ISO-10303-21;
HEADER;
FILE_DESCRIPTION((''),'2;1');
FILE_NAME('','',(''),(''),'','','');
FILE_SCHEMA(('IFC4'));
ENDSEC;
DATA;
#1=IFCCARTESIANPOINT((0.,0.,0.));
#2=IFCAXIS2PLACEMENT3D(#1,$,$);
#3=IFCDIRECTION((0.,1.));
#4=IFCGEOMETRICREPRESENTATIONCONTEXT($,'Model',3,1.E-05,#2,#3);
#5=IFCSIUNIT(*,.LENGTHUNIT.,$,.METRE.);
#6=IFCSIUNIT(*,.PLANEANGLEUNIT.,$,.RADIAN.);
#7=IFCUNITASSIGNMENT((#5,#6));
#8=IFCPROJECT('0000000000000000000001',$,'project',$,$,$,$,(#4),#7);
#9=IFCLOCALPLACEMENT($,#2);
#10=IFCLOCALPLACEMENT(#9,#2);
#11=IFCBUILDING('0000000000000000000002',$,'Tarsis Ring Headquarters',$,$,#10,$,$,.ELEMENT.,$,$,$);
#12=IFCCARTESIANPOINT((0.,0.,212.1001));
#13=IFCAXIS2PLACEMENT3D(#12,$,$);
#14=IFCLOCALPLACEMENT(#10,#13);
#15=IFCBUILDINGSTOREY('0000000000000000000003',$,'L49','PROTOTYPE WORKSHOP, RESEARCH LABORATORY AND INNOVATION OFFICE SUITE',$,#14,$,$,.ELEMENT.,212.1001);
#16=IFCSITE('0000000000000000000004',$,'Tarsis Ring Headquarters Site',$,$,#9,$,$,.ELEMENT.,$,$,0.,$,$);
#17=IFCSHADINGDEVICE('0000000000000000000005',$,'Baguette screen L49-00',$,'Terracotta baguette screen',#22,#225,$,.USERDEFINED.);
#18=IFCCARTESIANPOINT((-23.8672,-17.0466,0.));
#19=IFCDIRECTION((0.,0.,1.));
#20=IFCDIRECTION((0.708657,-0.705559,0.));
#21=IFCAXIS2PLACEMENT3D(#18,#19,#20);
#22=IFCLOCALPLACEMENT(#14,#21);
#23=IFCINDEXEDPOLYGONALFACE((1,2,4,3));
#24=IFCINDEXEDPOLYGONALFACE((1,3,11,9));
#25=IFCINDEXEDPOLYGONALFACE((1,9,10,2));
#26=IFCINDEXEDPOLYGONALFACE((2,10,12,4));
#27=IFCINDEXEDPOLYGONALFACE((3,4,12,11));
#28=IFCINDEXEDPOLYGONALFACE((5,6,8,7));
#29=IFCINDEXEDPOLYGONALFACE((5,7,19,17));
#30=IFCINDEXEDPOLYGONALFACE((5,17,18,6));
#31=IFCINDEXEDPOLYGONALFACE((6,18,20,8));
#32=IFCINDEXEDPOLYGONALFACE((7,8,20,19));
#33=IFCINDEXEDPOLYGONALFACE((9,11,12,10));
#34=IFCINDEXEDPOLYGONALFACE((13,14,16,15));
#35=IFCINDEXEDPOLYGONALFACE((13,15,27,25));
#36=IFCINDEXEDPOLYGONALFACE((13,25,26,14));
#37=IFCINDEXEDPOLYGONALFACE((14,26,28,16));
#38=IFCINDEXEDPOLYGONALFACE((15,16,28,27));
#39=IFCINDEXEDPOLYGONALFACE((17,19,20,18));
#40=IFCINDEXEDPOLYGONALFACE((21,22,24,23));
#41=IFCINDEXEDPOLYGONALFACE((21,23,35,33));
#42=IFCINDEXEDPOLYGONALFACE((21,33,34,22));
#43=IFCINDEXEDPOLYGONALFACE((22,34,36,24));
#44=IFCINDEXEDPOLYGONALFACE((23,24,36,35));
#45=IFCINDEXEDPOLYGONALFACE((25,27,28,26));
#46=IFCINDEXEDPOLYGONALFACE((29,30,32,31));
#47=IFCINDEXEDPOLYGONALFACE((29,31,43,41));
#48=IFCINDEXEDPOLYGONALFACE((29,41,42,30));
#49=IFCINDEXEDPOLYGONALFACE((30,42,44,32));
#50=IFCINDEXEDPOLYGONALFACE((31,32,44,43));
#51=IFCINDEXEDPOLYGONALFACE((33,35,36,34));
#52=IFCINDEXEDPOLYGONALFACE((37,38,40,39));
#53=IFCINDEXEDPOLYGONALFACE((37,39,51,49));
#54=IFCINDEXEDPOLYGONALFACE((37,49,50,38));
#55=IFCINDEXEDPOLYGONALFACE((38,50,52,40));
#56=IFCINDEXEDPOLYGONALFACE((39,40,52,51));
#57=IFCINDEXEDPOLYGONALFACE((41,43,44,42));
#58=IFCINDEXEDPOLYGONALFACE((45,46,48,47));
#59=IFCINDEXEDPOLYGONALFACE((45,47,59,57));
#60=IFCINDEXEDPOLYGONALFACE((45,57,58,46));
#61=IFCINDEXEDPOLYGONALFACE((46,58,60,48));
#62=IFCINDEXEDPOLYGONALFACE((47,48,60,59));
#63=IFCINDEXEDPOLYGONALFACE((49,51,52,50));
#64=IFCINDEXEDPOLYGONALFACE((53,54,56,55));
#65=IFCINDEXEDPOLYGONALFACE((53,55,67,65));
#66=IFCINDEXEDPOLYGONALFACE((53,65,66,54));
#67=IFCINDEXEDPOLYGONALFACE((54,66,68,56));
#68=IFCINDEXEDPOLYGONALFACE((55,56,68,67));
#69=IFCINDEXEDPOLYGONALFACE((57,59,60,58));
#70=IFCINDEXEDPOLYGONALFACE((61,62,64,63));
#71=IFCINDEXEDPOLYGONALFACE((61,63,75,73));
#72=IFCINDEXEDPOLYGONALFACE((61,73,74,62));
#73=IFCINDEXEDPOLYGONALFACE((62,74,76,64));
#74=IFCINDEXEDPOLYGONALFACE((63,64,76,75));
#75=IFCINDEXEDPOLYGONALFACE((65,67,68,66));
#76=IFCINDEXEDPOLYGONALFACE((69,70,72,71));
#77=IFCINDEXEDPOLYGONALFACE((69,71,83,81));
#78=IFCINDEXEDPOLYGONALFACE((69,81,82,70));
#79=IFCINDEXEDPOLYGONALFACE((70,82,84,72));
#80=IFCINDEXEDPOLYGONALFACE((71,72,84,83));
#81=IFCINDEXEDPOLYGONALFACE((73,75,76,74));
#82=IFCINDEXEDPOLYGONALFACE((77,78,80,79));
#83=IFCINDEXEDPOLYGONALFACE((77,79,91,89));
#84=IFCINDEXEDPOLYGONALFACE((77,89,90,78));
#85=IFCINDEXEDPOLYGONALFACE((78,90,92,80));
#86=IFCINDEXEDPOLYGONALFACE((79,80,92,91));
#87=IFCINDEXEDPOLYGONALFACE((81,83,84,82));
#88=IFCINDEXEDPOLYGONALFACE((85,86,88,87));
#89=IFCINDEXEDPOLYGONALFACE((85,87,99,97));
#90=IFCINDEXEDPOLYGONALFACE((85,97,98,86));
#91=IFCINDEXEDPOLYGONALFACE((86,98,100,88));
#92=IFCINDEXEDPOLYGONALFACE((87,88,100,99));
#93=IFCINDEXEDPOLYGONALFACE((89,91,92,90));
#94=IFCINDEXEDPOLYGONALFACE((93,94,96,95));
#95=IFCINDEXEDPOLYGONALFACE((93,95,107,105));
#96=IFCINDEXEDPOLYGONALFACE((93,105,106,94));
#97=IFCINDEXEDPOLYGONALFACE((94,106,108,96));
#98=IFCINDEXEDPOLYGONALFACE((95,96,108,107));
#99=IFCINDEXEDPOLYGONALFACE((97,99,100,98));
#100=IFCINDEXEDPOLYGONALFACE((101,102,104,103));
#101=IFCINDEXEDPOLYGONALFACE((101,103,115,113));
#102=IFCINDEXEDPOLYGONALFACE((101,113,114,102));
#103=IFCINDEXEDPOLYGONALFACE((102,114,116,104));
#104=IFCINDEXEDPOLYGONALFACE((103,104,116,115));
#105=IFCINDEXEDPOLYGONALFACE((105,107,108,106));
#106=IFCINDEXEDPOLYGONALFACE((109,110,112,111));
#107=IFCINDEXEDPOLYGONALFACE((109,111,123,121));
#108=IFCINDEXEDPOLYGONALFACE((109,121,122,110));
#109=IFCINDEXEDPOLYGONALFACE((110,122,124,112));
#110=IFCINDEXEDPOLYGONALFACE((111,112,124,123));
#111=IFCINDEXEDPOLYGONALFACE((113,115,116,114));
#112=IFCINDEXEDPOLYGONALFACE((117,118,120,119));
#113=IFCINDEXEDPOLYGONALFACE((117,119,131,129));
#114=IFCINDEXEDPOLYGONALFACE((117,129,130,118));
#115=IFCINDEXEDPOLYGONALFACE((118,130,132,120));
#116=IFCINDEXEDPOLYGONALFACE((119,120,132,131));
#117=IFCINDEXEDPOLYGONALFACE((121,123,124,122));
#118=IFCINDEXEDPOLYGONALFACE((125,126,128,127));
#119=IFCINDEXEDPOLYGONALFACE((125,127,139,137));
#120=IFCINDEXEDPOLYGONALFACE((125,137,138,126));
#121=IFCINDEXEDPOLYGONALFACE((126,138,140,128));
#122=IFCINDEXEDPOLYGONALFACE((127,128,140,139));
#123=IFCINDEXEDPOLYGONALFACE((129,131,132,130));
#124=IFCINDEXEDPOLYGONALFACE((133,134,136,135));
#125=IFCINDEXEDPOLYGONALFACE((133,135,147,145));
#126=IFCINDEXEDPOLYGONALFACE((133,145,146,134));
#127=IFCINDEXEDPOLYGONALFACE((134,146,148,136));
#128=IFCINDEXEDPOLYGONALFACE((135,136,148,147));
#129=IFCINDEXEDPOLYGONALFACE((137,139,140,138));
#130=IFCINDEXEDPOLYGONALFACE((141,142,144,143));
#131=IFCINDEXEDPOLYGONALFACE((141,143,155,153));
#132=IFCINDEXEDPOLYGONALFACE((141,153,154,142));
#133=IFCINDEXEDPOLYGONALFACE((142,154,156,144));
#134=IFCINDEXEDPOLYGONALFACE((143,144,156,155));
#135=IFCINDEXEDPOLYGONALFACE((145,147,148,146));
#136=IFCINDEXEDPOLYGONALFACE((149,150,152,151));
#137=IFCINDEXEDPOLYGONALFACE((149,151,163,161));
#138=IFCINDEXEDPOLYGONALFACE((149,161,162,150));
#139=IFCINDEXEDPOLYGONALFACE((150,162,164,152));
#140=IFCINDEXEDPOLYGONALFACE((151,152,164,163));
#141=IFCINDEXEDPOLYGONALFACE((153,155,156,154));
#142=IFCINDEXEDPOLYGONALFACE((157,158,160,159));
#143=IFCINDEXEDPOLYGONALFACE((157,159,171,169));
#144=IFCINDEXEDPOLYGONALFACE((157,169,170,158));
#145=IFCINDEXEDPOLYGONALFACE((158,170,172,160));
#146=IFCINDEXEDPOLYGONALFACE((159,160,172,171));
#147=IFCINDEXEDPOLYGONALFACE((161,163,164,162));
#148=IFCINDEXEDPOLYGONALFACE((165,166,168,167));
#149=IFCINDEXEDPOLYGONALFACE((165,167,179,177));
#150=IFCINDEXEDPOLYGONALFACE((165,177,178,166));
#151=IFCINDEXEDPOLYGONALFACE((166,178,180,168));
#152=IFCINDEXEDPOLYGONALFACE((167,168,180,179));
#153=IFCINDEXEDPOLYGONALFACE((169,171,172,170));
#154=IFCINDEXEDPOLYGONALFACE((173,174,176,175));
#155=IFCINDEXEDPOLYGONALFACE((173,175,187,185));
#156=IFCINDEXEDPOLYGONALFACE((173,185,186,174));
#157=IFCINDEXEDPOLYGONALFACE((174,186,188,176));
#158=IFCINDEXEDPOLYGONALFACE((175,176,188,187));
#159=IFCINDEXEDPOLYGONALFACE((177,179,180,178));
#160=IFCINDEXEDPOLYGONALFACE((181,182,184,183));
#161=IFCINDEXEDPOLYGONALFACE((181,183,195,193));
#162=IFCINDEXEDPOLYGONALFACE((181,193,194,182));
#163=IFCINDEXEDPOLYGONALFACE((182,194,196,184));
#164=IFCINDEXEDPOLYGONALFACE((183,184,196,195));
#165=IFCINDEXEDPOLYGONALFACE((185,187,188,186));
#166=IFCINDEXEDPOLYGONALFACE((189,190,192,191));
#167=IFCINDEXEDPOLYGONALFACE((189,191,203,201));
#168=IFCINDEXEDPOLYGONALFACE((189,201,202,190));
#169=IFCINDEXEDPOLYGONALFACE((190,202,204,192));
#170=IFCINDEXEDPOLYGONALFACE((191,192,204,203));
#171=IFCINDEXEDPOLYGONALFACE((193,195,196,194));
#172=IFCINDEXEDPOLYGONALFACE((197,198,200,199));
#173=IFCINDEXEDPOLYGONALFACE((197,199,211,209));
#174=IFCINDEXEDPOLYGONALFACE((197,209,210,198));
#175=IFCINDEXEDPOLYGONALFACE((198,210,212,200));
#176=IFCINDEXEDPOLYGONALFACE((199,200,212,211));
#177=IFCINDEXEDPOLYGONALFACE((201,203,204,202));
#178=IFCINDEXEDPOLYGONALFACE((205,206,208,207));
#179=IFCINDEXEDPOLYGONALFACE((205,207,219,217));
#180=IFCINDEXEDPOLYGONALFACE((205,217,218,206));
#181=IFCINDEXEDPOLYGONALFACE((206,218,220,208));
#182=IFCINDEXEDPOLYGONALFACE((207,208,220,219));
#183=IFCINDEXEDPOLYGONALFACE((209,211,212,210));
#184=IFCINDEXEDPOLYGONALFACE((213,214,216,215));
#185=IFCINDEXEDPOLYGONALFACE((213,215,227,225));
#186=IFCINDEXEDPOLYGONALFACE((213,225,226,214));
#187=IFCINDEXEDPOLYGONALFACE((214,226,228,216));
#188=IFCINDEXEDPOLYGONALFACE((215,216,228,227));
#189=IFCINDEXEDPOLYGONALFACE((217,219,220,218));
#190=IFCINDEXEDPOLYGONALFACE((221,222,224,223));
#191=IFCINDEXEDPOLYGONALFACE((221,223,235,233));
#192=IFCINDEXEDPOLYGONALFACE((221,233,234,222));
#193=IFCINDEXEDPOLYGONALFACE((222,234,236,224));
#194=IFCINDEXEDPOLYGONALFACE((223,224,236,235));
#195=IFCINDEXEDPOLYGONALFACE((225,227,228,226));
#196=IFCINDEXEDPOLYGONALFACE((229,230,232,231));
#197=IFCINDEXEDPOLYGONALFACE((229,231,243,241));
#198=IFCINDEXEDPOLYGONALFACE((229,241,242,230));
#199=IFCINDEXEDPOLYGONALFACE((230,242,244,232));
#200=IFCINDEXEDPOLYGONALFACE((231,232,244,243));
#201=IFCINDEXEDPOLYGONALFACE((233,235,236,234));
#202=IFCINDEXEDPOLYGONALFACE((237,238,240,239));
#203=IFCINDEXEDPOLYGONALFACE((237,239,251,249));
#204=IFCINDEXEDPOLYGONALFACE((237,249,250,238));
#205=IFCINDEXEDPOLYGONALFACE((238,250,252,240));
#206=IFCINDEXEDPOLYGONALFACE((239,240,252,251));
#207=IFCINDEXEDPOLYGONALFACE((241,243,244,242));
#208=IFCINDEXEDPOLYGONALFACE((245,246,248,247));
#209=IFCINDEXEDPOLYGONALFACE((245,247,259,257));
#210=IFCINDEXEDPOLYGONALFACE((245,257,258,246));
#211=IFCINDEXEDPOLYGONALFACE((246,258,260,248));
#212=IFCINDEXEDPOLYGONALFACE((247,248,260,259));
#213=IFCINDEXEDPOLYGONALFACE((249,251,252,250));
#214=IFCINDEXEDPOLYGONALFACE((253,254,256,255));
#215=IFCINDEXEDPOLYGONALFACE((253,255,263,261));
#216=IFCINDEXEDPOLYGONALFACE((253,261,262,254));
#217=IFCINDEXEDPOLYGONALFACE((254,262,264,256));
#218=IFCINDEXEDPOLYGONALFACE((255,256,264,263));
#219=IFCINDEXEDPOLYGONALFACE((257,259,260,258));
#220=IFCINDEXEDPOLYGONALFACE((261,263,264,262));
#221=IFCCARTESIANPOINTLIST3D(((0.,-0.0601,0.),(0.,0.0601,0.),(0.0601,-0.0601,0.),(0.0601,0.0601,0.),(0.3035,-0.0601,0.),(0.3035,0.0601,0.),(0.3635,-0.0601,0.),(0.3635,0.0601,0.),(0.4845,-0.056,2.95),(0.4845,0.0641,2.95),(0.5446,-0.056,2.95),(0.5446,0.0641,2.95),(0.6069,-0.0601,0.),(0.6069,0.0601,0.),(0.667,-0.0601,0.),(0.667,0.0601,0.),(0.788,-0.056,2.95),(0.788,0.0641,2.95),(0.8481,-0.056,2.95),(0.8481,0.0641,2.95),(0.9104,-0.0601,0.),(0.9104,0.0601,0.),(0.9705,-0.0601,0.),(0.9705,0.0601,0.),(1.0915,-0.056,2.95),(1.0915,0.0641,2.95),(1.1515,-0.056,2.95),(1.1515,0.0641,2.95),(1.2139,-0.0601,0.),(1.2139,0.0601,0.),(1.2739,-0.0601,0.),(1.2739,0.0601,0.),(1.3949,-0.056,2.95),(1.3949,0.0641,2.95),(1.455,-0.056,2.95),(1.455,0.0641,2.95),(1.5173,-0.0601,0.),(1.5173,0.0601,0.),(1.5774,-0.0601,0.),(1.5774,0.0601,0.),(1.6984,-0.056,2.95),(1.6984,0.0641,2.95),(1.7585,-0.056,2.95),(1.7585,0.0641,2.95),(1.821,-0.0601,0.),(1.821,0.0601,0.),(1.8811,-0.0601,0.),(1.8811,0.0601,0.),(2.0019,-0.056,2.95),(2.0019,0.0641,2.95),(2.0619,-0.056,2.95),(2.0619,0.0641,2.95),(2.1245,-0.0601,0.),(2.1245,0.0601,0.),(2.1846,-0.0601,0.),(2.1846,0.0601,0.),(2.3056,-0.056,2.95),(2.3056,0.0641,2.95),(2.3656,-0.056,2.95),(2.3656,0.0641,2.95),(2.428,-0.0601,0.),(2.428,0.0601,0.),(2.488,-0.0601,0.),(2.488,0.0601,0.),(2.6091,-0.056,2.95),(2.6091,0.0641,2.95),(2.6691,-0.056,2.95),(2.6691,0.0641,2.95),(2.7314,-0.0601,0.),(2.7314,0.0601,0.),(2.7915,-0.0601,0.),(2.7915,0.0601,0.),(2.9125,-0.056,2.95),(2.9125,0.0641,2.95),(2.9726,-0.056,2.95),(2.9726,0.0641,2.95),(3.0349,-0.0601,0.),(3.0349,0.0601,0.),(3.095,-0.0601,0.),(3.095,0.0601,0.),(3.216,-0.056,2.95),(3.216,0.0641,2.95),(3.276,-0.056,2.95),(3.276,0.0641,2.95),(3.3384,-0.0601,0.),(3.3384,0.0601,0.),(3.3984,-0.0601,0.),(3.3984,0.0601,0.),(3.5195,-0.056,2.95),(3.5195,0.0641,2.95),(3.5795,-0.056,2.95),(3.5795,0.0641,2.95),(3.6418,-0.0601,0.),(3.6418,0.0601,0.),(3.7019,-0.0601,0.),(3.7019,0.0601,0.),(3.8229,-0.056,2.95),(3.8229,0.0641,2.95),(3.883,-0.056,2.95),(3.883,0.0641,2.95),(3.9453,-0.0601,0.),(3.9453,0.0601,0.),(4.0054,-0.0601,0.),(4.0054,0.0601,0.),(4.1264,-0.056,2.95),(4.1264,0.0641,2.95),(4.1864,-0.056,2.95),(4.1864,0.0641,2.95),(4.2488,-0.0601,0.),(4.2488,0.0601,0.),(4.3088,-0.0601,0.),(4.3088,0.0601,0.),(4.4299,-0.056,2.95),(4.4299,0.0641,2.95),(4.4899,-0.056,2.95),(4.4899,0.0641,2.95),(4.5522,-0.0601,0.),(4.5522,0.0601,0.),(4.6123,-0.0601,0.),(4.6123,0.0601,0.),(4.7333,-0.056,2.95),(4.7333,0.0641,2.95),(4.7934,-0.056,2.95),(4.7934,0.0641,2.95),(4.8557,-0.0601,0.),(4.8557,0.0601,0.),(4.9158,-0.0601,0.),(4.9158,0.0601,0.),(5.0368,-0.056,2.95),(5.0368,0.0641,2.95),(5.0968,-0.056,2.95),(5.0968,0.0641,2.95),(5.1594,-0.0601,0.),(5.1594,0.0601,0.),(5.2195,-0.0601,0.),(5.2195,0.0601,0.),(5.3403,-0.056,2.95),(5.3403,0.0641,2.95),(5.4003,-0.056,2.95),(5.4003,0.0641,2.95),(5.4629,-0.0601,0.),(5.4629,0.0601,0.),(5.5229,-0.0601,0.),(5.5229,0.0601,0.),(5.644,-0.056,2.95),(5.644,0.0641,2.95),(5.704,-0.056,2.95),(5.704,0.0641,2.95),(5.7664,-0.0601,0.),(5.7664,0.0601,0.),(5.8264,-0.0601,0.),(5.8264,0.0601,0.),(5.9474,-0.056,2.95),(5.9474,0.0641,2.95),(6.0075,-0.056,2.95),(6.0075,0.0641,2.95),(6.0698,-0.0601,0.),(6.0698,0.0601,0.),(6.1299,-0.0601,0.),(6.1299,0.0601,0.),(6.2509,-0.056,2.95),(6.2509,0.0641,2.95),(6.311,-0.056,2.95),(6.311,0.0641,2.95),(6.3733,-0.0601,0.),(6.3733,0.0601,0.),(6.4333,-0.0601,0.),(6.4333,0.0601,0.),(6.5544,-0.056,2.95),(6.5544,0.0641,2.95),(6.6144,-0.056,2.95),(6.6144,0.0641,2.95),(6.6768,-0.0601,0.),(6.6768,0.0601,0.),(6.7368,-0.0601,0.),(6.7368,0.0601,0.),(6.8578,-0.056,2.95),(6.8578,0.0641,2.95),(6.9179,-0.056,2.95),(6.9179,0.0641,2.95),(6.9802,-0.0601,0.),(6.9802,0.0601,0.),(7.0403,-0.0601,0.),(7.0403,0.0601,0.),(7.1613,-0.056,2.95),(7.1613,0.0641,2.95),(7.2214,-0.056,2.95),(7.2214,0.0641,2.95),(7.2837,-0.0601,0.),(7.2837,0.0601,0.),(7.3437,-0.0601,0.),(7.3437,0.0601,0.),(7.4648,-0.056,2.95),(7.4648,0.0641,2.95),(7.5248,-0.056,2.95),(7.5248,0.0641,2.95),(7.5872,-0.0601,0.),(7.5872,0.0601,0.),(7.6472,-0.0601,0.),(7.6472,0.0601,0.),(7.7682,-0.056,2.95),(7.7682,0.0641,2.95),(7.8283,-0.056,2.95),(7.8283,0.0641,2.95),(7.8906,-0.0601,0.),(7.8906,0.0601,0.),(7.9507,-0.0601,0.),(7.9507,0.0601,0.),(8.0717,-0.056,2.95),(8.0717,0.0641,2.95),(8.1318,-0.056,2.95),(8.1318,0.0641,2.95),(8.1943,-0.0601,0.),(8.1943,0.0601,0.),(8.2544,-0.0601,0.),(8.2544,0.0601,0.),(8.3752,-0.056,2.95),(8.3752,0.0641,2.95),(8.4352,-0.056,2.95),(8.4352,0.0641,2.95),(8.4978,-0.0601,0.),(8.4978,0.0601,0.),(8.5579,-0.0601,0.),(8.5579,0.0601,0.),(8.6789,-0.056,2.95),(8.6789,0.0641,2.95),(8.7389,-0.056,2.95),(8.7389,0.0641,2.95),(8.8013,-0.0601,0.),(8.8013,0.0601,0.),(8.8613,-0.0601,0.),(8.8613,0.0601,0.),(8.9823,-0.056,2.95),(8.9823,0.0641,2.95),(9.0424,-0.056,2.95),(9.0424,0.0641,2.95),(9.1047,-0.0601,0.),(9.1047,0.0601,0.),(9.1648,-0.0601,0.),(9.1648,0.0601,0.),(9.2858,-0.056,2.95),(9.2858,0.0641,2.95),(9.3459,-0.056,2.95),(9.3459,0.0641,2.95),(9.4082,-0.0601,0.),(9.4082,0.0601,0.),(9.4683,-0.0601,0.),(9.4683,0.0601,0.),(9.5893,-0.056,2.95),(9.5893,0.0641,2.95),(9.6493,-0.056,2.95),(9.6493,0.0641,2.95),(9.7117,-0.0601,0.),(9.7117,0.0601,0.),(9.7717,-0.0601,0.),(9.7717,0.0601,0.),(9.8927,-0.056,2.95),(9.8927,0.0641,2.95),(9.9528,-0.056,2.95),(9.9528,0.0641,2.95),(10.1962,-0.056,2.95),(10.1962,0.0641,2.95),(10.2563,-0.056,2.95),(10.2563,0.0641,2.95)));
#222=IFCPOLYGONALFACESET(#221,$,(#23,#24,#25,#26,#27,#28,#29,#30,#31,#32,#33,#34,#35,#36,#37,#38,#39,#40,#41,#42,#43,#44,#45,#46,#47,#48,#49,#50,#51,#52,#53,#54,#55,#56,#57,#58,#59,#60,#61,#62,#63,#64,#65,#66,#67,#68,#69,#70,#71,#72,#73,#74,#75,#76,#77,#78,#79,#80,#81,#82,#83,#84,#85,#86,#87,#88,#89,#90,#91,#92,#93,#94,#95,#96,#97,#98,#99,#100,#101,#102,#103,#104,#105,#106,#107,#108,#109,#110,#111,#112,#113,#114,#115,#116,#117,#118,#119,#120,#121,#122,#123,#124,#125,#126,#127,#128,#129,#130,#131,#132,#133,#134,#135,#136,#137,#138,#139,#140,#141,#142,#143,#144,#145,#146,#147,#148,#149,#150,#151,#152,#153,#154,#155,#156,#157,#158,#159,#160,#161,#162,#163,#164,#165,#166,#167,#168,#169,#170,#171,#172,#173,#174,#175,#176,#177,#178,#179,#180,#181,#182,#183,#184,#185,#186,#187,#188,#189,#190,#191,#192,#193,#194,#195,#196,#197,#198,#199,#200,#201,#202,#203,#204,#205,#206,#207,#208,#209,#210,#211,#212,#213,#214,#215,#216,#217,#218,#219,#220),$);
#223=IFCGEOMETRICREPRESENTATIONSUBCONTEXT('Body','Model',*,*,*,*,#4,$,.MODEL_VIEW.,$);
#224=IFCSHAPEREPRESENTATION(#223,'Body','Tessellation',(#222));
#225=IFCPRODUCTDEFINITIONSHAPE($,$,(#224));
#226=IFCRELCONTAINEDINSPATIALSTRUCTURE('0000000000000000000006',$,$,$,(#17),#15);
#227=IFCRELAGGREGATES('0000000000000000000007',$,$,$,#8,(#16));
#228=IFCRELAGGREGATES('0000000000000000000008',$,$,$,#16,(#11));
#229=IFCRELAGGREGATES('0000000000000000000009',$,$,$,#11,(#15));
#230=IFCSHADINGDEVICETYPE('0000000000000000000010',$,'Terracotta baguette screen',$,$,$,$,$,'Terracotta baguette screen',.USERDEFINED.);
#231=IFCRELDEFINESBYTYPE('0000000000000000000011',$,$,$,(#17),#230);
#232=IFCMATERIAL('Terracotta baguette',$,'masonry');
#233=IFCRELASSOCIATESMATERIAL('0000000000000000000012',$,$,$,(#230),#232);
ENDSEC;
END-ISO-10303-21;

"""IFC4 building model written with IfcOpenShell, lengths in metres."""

from ifc_helpers import new_model, si_unit, direction, frame, frame_2d, origin, place, context, subcontext, project, spatial, rectangle, composite_profile, extrude, material, type_object, element, save


model = new_model("IFC4")

# Units and contexts
model_context = context("Model", 3, precision=1e-05, world=origin(), true_north=direction((0.0, 1.0)))
body_context = subcontext(model_context, "Body", "Model", "MODEL_VIEW")
ifc_project = project(units=[si_unit("LENGTHUNIT", "METRE"), si_unit("PLANEANGLEUNIT", "RADIAN")], contexts=[model_context])

# Site, building, storey
site_placement = place(None, origin())
site = spatial("IfcSite", under=ifc_project, at=site_placement, Name="Tarsis Ring Headquarters Site", CompositionType="ELEMENT", RefElevation=0.0)
building_placement = place(site_placement, origin())
building = spatial("IfcBuilding", under=site, at=building_placement, Name="Tarsis Ring Headquarters", CompositionType="ELEMENT")
storey_placement = place(building_placement, frame((0.0, 0.0, 212.1001)))
storey = spatial("IfcBuildingStorey", under=building, at=storey_placement, Name="L49", Description="PROTOTYPE WORKSHOP, RESEARCH LABORATORY AND INNOVATION OFFICE SUITE", CompositionType="ELEMENT", Elevation=212.1001)

# Shading device
ifc_material_1 = material(Name="Terracotta baguette", Category="masonry")
shading_device_type = type_object("IfcShadingDeviceType", Name="Terracotta baguette screen", ElementType="Terracotta baguette screen", PredefinedType="USERDEFINED", material=ifc_material_1)
shading_device_1_placement = place(storey_placement, frame((-23.8672, -17.0466, 0.0), z_axis=(0.0, 0.0, 1.0), x_axis=(0.708657, -0.705559, 0.0)))
element("IfcShadingDevice", 1, at=shading_device_1_placement, inside=storey, type_object=shading_device_type, Name="Baguette screen L49-00", ObjectType="Terracotta baguette screen", PredefinedType="USERDEFINED", context=body_context, shape_type="SweptSolid", body=[
    extrude(composite_profile([rectangle(XDim=0.0601, YDim=0.1201, at=frame_2d((0.03, 0.0))), rectangle(XDim=0.0601, YDim=0.1201, at=frame_2d((0.3335, 0.0))), rectangle(XDim=0.0601, YDim=0.1201, at=frame_2d((0.637, 0.0))), rectangle(XDim=0.0601, YDim=0.1201, at=frame_2d((0.9404, 0.0))), rectangle(XDim=0.0601, YDim=0.1201, at=frame_2d((1.2439, 0.0))), rectangle(XDim=0.0601, YDim=0.1201, at=frame_2d((1.5474, 0.0))), rectangle(XDim=0.0601, YDim=0.1201, at=frame_2d((1.8511, 0.0))), rectangle(XDim=0.0601, YDim=0.1201, at=frame_2d((2.1545, 0.0))), rectangle(XDim=0.0601, YDim=0.1201, at=frame_2d((2.458, 0.0))), rectangle(XDim=0.0601, YDim=0.1201, at=frame_2d((2.7615, 0.0))), rectangle(XDim=0.0601, YDim=0.1201, at=frame_2d((3.0649, 0.0))), rectangle(XDim=0.0601, YDim=0.1201, at=frame_2d((3.3684, 0.0))), rectangle(XDim=0.0601, YDim=0.1201, at=frame_2d((3.6719, 0.0))), rectangle(XDim=0.0601, YDim=0.1201, at=frame_2d((3.9753, 0.0))), rectangle(XDim=0.0601, YDim=0.1201, at=frame_2d((4.2788, 0.0))), rectangle(XDim=0.0601, YDim=0.1201, at=frame_2d((4.5823, 0.0))), rectangle(XDim=0.0601, YDim=0.1201, at=frame_2d((4.8857, 0.0))), rectangle(XDim=0.0601, YDim=0.1201, at=frame_2d((5.1895, 0.0))), rectangle(XDim=0.0601, YDim=0.1201, at=frame_2d((5.4929, 0.0))), rectangle(XDim=0.0601, YDim=0.1201, at=frame_2d((5.7964, 0.0))), rectangle(XDim=0.0601, YDim=0.1201, at=frame_2d((6.0999, 0.0))), rectangle(XDim=0.0601, YDim=0.1201, at=frame_2d((6.4033, 0.0))), rectangle(XDim=0.0601, YDim=0.1201, at=frame_2d((6.7068, 0.0))), rectangle(XDim=0.0601, YDim=0.1201, at=frame_2d((7.0103, 0.0))), rectangle(XDim=0.0601, YDim=0.1201, at=frame_2d((7.3137, 0.0))), rectangle(XDim=0.0601, YDim=0.1201, at=frame_2d((7.6172, 0.0))), rectangle(XDim=0.0601, YDim=0.1201, at=frame_2d((7.9207, 0.0))), rectangle(XDim=0.0601, YDim=0.1201, at=frame_2d((8.2244, 0.0))), rectangle(XDim=0.0601, YDim=0.1201, at=frame_2d((8.5278, 0.0))), rectangle(XDim=0.0601, YDim=0.1201, at=frame_2d((8.8313, 0.0))), rectangle(XDim=0.0601, YDim=0.1201, at=frame_2d((9.1348, 0.0))), rectangle(XDim=0.0601, YDim=0.1201, at=frame_2d((9.4382, 0.0))), rectangle(XDim=0.0601, YDim=0.1201, at=frame_2d((9.7417, 0.0)))]), origin(), (0.16208, 0.001356, 0.986777), 2.9895),
])

save(model, "model.ifc")
